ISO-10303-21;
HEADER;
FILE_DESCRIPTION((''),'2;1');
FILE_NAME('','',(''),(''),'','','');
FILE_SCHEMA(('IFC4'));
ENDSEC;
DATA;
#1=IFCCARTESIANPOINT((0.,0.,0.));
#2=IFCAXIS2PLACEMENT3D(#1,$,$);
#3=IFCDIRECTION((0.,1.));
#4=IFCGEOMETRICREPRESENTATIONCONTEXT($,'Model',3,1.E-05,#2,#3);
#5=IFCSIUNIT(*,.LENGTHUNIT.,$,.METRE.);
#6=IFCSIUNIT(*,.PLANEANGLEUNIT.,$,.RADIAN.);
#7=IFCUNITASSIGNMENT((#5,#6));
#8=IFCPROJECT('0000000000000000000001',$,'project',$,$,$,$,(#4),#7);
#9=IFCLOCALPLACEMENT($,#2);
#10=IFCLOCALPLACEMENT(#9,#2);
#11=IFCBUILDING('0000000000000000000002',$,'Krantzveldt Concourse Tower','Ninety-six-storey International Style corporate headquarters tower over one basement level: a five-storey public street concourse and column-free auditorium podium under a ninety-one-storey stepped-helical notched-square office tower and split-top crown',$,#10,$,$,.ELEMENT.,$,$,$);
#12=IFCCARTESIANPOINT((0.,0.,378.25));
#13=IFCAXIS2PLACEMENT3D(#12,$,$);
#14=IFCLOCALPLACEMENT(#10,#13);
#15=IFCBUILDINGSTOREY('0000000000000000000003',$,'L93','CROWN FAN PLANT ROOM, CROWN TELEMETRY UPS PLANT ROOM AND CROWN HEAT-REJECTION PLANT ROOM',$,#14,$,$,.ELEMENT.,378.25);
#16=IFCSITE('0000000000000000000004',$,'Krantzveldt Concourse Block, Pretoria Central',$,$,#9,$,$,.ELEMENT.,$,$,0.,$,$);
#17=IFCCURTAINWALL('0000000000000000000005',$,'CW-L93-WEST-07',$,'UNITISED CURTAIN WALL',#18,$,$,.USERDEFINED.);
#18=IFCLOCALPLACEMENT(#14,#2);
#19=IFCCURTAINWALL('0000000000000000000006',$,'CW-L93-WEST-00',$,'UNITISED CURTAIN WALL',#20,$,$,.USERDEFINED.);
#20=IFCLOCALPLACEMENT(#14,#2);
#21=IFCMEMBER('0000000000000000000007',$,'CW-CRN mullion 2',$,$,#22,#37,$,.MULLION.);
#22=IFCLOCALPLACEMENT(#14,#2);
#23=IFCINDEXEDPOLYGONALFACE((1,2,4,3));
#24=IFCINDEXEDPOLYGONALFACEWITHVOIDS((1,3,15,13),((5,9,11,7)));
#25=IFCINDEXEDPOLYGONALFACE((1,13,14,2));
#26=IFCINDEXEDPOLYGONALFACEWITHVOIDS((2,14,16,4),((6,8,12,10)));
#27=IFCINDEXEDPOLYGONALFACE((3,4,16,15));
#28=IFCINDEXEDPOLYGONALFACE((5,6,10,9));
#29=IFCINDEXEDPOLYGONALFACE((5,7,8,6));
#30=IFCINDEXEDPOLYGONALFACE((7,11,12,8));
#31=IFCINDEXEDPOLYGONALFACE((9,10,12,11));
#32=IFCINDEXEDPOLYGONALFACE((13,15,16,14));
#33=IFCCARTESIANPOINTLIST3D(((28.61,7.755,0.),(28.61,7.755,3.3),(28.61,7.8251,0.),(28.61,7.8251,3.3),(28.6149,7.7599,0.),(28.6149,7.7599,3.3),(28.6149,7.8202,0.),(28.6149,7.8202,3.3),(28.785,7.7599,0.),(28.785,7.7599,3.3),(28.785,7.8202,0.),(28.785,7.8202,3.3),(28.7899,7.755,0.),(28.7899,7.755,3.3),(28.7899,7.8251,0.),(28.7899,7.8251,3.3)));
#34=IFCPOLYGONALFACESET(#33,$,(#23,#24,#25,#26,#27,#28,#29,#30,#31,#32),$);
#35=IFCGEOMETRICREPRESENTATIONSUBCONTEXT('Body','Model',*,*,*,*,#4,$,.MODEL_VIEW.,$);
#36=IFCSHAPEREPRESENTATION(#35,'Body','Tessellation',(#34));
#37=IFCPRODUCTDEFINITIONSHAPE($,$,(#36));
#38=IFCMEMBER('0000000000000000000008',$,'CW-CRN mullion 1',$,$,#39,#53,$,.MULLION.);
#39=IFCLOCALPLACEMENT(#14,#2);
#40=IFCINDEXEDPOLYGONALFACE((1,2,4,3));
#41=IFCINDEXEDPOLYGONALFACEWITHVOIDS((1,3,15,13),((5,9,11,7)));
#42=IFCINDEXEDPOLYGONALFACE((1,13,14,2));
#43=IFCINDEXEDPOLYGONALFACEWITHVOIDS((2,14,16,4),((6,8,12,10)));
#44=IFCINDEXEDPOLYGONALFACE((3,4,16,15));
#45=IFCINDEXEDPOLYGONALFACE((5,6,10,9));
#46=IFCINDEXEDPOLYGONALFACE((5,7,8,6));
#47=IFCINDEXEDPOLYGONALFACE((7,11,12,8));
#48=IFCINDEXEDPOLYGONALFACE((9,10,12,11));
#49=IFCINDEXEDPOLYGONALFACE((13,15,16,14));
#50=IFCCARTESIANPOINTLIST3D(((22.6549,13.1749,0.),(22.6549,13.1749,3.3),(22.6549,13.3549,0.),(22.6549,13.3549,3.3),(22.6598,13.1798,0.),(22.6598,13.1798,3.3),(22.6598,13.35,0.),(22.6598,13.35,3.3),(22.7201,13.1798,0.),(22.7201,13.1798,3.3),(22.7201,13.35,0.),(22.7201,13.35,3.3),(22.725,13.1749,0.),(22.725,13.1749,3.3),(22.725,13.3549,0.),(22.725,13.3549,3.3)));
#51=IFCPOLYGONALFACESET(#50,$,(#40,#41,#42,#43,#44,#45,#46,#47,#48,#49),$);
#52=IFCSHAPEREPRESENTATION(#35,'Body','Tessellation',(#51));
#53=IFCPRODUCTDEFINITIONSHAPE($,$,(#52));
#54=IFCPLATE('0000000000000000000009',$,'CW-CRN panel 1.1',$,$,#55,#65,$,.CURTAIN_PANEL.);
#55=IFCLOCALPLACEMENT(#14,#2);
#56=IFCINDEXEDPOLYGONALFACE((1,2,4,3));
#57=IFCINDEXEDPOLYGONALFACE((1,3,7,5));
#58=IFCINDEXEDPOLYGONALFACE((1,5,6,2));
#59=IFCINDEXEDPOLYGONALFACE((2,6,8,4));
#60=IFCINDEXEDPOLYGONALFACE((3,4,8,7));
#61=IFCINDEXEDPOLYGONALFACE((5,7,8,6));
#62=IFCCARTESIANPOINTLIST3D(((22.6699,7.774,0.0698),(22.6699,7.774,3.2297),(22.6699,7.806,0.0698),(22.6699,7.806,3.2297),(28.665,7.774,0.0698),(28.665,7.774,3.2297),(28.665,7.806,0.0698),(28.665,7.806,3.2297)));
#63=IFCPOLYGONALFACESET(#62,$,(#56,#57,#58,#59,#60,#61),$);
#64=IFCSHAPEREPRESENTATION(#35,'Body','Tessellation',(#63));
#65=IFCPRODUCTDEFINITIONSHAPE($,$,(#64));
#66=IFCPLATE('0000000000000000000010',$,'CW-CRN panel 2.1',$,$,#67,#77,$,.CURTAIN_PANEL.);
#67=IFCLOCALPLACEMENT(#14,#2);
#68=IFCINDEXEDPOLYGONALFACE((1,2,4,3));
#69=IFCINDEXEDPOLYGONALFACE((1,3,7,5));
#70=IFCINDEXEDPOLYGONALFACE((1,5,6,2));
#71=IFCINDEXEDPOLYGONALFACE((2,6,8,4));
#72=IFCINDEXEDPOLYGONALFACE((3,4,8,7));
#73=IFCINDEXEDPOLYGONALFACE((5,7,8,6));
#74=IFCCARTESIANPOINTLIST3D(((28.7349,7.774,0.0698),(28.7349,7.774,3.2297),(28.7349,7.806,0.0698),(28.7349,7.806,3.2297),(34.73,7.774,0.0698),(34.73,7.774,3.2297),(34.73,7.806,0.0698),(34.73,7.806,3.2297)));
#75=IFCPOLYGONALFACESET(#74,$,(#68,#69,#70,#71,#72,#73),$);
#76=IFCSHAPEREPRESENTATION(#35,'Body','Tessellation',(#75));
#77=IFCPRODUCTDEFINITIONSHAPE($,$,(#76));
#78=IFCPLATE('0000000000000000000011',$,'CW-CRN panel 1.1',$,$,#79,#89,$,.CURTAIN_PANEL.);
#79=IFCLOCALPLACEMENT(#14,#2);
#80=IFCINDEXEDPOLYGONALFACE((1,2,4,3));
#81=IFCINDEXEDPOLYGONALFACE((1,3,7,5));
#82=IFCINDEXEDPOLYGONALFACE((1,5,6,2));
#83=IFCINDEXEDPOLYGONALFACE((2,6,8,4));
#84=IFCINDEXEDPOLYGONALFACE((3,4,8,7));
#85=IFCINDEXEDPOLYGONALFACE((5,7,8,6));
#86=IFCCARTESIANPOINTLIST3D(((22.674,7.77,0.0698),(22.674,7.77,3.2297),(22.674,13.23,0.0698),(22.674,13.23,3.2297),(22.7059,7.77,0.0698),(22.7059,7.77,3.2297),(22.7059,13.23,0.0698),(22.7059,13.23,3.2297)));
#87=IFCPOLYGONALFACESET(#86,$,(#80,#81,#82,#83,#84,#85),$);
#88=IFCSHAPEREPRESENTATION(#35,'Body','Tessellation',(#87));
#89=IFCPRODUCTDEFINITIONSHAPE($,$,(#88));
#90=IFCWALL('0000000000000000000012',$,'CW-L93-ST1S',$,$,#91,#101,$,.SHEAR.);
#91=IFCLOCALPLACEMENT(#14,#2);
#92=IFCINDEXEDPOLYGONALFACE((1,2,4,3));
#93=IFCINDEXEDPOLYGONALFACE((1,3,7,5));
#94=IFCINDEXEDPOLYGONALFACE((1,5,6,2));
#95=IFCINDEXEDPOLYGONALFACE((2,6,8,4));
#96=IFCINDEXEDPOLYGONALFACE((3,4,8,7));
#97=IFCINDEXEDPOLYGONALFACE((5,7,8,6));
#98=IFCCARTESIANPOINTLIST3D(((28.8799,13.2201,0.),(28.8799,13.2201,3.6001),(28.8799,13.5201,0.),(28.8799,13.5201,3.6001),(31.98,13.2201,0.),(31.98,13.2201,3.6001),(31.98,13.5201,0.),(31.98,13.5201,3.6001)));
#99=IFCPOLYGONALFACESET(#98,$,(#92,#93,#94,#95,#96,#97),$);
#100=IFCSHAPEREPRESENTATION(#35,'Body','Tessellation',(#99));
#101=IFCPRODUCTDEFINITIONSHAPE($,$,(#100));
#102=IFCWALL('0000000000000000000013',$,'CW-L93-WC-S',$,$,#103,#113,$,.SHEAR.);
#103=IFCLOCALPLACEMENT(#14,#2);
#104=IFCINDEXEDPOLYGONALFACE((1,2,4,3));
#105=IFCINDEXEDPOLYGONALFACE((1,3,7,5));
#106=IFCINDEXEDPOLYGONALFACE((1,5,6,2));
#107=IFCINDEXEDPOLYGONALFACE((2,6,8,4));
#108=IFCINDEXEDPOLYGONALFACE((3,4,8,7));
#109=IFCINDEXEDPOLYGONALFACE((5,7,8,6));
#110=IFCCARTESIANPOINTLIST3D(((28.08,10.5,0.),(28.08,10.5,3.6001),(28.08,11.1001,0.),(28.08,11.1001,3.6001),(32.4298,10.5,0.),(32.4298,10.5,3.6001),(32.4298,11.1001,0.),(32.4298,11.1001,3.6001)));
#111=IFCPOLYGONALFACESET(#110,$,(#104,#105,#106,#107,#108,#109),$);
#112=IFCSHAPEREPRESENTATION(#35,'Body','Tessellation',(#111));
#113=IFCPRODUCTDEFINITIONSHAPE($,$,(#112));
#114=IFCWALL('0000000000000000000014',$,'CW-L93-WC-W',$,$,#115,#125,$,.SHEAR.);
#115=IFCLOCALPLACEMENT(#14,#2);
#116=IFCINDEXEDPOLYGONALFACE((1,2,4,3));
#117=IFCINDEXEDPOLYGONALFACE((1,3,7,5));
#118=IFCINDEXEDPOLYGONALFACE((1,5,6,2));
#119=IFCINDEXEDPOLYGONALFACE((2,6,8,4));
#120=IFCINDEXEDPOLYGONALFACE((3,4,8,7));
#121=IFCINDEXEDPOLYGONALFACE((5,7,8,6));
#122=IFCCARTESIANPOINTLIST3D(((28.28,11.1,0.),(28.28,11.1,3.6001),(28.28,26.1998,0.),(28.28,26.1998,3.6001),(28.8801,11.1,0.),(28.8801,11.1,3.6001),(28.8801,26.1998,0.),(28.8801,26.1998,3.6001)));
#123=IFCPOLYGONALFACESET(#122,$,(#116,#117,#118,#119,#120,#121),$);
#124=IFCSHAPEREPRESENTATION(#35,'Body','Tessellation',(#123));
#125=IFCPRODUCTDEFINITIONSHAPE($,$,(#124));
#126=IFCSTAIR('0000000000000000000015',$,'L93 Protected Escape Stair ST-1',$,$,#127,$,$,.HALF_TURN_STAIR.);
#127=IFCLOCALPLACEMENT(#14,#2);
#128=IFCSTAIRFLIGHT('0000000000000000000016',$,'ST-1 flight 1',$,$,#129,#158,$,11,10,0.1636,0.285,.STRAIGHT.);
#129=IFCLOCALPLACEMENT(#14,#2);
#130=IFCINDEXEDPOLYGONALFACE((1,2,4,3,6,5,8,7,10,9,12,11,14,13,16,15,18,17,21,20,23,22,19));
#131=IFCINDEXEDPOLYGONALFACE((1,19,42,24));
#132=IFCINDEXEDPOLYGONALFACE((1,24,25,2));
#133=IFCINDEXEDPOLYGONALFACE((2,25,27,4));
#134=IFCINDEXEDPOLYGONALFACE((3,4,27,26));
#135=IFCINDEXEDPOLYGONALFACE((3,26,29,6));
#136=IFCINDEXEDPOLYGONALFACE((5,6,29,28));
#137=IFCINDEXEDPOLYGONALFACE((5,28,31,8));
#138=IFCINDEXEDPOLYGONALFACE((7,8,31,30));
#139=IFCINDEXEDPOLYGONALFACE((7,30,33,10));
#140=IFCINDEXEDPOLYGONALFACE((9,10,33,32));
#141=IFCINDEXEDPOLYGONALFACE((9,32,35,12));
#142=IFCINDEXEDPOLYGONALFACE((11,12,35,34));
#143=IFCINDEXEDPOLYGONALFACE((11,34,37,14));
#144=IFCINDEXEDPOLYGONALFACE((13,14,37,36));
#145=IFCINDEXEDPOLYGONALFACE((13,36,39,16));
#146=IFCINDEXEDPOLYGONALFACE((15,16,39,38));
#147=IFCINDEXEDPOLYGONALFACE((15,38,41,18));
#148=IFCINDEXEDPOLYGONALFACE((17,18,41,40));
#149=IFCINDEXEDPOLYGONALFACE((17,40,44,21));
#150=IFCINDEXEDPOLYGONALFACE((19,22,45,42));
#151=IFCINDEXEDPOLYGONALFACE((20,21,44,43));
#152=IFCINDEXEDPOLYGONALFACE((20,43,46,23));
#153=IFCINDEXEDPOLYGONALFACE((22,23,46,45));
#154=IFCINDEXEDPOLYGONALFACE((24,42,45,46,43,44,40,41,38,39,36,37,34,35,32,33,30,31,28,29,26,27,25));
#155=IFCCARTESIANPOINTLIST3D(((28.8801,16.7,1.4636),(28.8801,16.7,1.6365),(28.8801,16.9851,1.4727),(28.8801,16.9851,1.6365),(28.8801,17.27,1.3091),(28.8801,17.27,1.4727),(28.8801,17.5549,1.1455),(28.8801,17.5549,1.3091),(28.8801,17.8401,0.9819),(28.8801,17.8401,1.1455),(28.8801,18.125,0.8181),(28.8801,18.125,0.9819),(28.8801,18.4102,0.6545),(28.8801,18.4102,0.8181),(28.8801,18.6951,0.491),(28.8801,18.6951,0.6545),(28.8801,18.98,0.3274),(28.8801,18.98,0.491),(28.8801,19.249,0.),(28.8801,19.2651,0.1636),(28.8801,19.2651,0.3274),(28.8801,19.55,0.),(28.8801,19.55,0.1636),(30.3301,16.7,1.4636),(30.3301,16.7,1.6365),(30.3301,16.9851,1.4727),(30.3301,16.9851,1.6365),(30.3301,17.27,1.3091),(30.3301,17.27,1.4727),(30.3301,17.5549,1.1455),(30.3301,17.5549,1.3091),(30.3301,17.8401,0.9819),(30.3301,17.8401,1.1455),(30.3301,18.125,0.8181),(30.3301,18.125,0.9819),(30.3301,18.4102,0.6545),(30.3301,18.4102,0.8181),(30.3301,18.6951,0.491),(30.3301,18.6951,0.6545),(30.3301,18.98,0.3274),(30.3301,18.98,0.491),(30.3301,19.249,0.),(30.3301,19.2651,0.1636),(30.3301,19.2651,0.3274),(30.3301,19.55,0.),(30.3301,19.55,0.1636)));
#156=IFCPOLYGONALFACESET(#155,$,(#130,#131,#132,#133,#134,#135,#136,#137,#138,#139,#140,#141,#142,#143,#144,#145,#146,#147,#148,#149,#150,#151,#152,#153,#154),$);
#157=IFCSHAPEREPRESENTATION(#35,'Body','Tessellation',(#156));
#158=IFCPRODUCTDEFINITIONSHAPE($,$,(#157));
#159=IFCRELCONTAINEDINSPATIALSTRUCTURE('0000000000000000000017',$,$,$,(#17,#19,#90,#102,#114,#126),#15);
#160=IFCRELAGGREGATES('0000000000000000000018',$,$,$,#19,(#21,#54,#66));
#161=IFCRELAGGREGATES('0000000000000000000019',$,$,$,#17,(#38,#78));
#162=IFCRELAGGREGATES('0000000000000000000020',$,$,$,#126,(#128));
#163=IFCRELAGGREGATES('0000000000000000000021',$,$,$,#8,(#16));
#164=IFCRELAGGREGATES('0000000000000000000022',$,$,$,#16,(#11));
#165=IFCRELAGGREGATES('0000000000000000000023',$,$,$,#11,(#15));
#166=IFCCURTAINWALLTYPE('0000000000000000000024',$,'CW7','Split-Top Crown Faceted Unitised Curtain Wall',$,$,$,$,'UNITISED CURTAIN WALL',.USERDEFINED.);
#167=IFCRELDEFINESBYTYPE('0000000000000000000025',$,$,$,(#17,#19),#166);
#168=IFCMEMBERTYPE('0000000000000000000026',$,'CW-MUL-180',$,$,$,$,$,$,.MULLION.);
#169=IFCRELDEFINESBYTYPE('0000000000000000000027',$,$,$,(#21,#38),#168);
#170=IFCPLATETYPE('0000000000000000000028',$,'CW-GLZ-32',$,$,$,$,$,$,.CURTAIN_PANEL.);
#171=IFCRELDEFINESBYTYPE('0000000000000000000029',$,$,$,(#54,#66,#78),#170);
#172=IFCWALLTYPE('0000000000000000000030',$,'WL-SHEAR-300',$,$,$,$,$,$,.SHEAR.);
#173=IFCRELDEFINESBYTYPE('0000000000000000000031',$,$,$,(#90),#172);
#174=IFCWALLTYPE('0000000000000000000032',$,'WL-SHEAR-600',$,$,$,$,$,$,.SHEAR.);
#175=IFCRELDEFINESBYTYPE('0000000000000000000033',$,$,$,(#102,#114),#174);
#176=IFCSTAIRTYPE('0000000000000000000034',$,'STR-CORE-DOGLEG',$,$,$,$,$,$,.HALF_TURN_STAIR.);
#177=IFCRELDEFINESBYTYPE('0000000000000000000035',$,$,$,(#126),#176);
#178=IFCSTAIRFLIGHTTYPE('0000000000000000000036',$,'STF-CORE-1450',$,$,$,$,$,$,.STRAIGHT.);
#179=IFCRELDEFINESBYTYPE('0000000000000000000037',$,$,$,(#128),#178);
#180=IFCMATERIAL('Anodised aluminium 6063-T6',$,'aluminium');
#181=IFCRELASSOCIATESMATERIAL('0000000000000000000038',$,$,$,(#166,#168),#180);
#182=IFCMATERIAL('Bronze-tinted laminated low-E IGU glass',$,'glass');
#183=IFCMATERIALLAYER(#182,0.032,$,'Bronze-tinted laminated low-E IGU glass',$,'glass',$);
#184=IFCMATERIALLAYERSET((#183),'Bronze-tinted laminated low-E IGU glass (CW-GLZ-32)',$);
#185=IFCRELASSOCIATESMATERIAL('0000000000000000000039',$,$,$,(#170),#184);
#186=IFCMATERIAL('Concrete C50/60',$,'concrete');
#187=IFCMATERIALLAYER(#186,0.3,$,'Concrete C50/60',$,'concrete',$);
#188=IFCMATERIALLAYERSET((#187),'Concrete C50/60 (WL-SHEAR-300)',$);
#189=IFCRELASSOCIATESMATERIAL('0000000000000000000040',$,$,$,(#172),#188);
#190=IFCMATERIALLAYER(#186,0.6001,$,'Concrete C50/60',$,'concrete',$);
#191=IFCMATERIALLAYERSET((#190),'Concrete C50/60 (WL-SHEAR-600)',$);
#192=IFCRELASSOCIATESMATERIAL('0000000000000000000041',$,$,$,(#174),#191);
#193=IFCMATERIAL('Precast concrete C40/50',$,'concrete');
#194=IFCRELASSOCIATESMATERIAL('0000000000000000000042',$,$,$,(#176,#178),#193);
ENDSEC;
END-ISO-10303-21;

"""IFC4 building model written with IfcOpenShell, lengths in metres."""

from ifc_helpers import new_model, si_unit, direction, frame, frame_2d, origin, origin_2d, place, context, subcontext, project, spatial, polyline, rectangle, hollow_rectangle, outline, extrude, source, transform, mapped, material, layer, layer_set, material_profile, profile_set, type_object, type_shapes, element, aggregate, save


model = new_model("IFC4")

# Units and contexts
model_context = context("Model", 3, precision=1e-05, world=origin(), true_north=direction((0.0, 1.0)))
body_context = subcontext(model_context, "Body", "Model", "MODEL_VIEW")
ifc_project = project(units=[si_unit("LENGTHUNIT", "METRE"), si_unit("PLANEANGLEUNIT", "RADIAN")], contexts=[model_context])

# Site, building, storey
site_placement = place(None, origin())
site = spatial("IfcSite", under=ifc_project, at=site_placement, Name="Krantzveldt Concourse Block, Pretoria Central", CompositionType="ELEMENT", RefElevation=0.0)
building_placement = place(site_placement, origin())
building = spatial("IfcBuilding", under=site, at=building_placement, Name="Krantzveldt Concourse Tower", Description="Ninety-six-storey International Style corporate headquarters tower over one basement level: a five-storey public street concourse and column-free auditorium podium under a ninety-one-storey stepped-helical notched-square office tower and split-top crown", CompositionType="ELEMENT")
storey_placement = place(building_placement, frame((0.0, 0.0, 378.25)))
storey = spatial("IfcBuildingStorey", under=building, at=storey_placement, Name="L93", Description="CROWN FAN PLANT ROOM, CROWN TELEMETRY UPS PLANT ROOM AND CROWN HEAT-REJECTION PLANT ROOM", CompositionType="ELEMENT", Elevation=378.25)

# Shared definitions
ifc_material_1 = material(Name="Concrete C50/60", Category="concrete")

# Curtain walls, member
ifc_material_2 = material(Name="Anodised aluminium 6063-T6", Category="aluminium")
curtain_wall_type = type_object("IfcCurtainWallType", Name="CW7", Description="Split-Top Crown Faceted Unitised Curtain Wall", ElementType="UNITISED CURTAIN WALL", PredefinedType="USERDEFINED", material=ifc_material_2)
curtain_wall_1_placement = place(storey_placement, origin())
curtain_wall_1 = element("IfcCurtainWall", 1, at=curtain_wall_1_placement, inside=storey, type_object=curtain_wall_type, Name="CW-L93-WEST-07", ObjectType="UNITISED CURTAIN WALL", PredefinedType="USERDEFINED")
curtain_wall_2_placement = place(storey_placement, origin())
curtain_wall_2 = element("IfcCurtainWall", 2, at=curtain_wall_2_placement, inside=storey, type_object=curtain_wall_type, Name="CW-L93-WEST-00", ObjectType="UNITISED CURTAIN WALL", PredefinedType="USERDEFINED")
ifc_material_profile_1 = material_profile(ifc_material_2, hollow_rectangle(XDim=0.0701, YDim=0.1799, WallThickness=0.0049, at=origin_2d()), Name="Anodised aluminium 6063-T6", Category="aluminium")
ifc_profile_set_1 = profile_set([ifc_material_profile_1], Name="Anodised aluminium 6063-T6 - ALU-MULL 180x70x5")
member_type_1 = type_object("IfcMemberType", Name="CW-MUL-180", PredefinedType="MULLION", material=ifc_profile_set_1)
shared_shape_1 = source(origin(), body_context, "Body", "SweptSolid", [
    extrude(hollow_rectangle(XDim=0.0701, YDim=0.1799, WallThickness=0.0049, at=origin_2d()), origin(), (0.0, 0.0, 1.0), 3.3),
])
type_shapes(member_type_1, [shared_shape_1])
member_1_placement = place(storey_placement, frame((28.7, 7.79, 0.0), z_axis=(0.0, 0.0, 1.0), x_axis=(0.0, 1.0, 0.0)))
member_1 = element("IfcMember", 3, at=member_1_placement, type_object=member_type_1, Name="CW-CRN mullion 2", PredefinedType="MULLION", context=body_context, shape_type="MappedRepresentation", body=[
    mapped(shared_shape_1, transform((0.0, 0.0, 0.0), x_axis=(1.0, 0.0, 0.0), y_axis=(0.0, 1.0, 0.0), z_axis=(0.0, 0.0, 1.0), scale=1.0)),
])

# Member
member_2_placement = place(storey_placement, frame((22.6899, 13.2649, 0.0), z_axis=(0.0, 0.0, 1.0), x_axis=(1.0, 0.0, 0.0)))
member_2 = element("IfcMember", 4, at=member_2_placement, type_object=member_type_1, Name="CW-CRN mullion 1", PredefinedType="MULLION", context=body_context, shape_type="MappedRepresentation", body=[
    mapped(shared_shape_1, transform((0.0, 0.0, 0.0), x_axis=(1.0, 0.0, 0.0), y_axis=(0.0, 1.0, 0.0), z_axis=(0.0, 0.0, 1.0), scale=1.0)),
])

# Plates
ifc_material_3 = material(Name="Bronze-tinted laminated low-E IGU glass", Category="glass")
ifc_layer_1 = layer(ifc_material_3, 0.032, Name="Bronze-tinted laminated low-E IGU glass", Category="glass")
ifc_layer_set_1 = layer_set([ifc_layer_1], Name="Bronze-tinted laminated low-E IGU glass (CW-GLZ-32)")
plate_type = type_object("IfcPlateType", Name="CW-GLZ-32", PredefinedType="CURTAIN_PANEL", material=ifc_layer_set_1)
shared_shape_2 = source(origin(), body_context, "Body", "SweptSolid", [
    extrude(rectangle(XDim=5.9951, YDim=0.032, at=origin_2d()), origin(), (0.0, 0.0, 1.0), 3.1599),
])
plate_1_placement = place(storey_placement, frame((25.6675, 7.79, 0.0698), z_axis=(0.0, 0.0, 1.0), x_axis=(1.0, 0.0, 0.0)))
plate_1 = element("IfcPlate", 5, at=plate_1_placement, type_object=plate_type, Name="CW-CRN panel 1.1", PredefinedType="CURTAIN_PANEL", context=body_context, shape_type="MappedRepresentation", body=[
    mapped(shared_shape_2, transform((0.0, 0.0, 0.0), x_axis=(1.0, 0.0, 0.0), y_axis=(0.0, 1.0, 0.0), z_axis=(0.0, 0.0, 1.0), scale=1.0)),
])
plate_2_placement = place(storey_placement, frame((31.7324, 7.79, 0.0698), z_axis=(0.0, 0.0, 1.0), x_axis=(1.0, 0.0, 0.0)))
plate_2 = element("IfcPlate", 6, at=plate_2_placement, type_object=plate_type, Name="CW-CRN panel 2.1", PredefinedType="CURTAIN_PANEL", context=body_context, shape_type="MappedRepresentation", body=[
    mapped(shared_shape_2, transform((0.0, 0.0, 0.0), x_axis=(1.0, 0.0, 0.0), y_axis=(0.0, 1.0, 0.0), z_axis=(0.0, 0.0, 1.0), scale=1.0)),
])
aggregate(curtain_wall_2, [member_1, plate_1, plate_2])
shared_shape_3 = source(origin(), body_context, "Body", "SweptSolid", [
    extrude(rectangle(XDim=5.46, YDim=0.032, at=origin_2d()), origin(), (0.0, 0.0, 1.0), 3.1599),
])
type_shapes(plate_type, [shared_shape_2, shared_shape_3])
plate_3_placement = place(storey_placement, frame((22.6899, 10.5, 0.0698), z_axis=(0.0, 0.0, 1.0), x_axis=(0.0, -1.0, 0.0)))
plate_3 = element("IfcPlate", 7, at=plate_3_placement, type_object=plate_type, Name="CW-CRN panel 1.1", PredefinedType="CURTAIN_PANEL", context=body_context, shape_type="MappedRepresentation", body=[
    mapped(shared_shape_3, transform((0.0, 0.0, 0.0), x_axis=(1.0, 0.0, 0.0), y_axis=(0.0, 1.0, 0.0), z_axis=(0.0, 0.0, 1.0), scale=1.0)),
])
aggregate(curtain_wall_1, [member_2, plate_3])

# Walls
ifc_layer_2 = layer(ifc_material_1, 0.3, Name="Concrete C50/60", Category="concrete")
ifc_layer_set_2 = layer_set([ifc_layer_2], Name="Concrete C50/60 (WL-SHEAR-300)")
wall_type_1 = type_object("IfcWallType", Name="WL-SHEAR-300", PredefinedType="SHEAR", material=ifc_layer_set_2)
wall_1_placement = place(storey_placement, frame((28.8799, 13.3701, 0.0), z_axis=(0.0, 0.0, 1.0), x_axis=(1.0, 0.0, 0.0)))
element("IfcWall", 8, at=wall_1_placement, inside=storey, type_object=wall_type_1, Name="CW-L93-ST1S", PredefinedType="SHEAR", context=body_context, shape_type="SweptSolid", body=[
    extrude(rectangle(XDim=3.1001, YDim=0.3, at=frame_2d((1.55, 0.0))), origin(), (0.0, 0.0, 1.0), 3.6001),
])
ifc_layer_3 = layer(ifc_material_1, 0.6001, Name="Concrete C50/60", Category="concrete")
ifc_layer_set_3 = layer_set([ifc_layer_3], Name="Concrete C50/60 (WL-SHEAR-600)")
wall_type_2 = type_object("IfcWallType", Name="WL-SHEAR-600", PredefinedType="SHEAR", material=ifc_layer_set_3)
wall_2_placement = place(storey_placement, frame((28.0801, 10.8, 0.0), z_axis=(0.0, 0.0, 1.0), x_axis=(1.0, 0.0, 0.0)))
element("IfcWall", 9, at=wall_2_placement, inside=storey, type_object=wall_type_2, Name="CW-L93-WC-S", PredefinedType="SHEAR", context=body_context, shape_type="SweptSolid", body=[
    extrude(rectangle(XDim=4.3499, YDim=0.6001, at=frame_2d((2.1748, 0.0))), origin(), (0.0, 0.0, 1.0), 3.6001),
])
wall_3_placement = place(storey_placement, frame((28.5801, 11.1001, 0.0), z_axis=(0.0, 0.0, 1.0), x_axis=(0.0, 1.0, 0.0)))
element("IfcWall", 10, at=wall_3_placement, inside=storey, type_object=wall_type_2, Name="CW-L93-WC-W", PredefinedType="SHEAR", context=body_context, shape_type="SweptSolid", body=[
    extrude(rectangle(XDim=15.0999, YDim=0.6001, at=frame_2d((7.5498, 0.0))), origin(), (0.0, 0.0, 1.0), 3.6001),
])

# Stair, stair flight
ifc_material_4 = material(Name="Precast concrete C40/50", Category="concrete")
stair_type = type_object("IfcStairType", Name="STR-CORE-DOGLEG", PredefinedType="HALF_TURN_STAIR", material=ifc_material_4)
stair_placement = place(storey_placement, origin())
stair = element("IfcStair", 11, at=stair_placement, inside=storey, type_object=stair_type, Name="L93 Protected Escape Stair ST-1", PredefinedType="HALF_TURN_STAIR")
stair_flight_type = type_object("IfcStairFlightType", Name="STF-CORE-1450", PredefinedType="STRAIGHT", material=ifc_material_4)
stair_flight_1_placement = place(storey_placement, frame((29.605, 19.55, 0.0), z_axis=(0.0, 0.0, 1.0), x_axis=(0.0, -1.0, 0.0)))
stair_flight_1 = element("IfcStairFlight", 12, at=stair_flight_1_placement, type_object=stair_flight_type, Name="ST-1 flight 1", NumberOfRisers=11, NumberOfTreads=10, PredefinedType="STRAIGHT", RiserHeight=0.1636, TreadLength=0.285, context=body_context, shape_type="SweptSolid", body=[
    extrude(outline(polyline([(0.0, 0.0), (0.0, 0.1636), (0.2849, 0.1636), (0.2849, 0.3274), (0.5701, 0.3274), (0.5701, 0.491), (0.855, 0.491), (0.855, 0.6545), (1.1399, 0.6545), (1.1399, 0.8181), (1.425, 0.8181), (1.425, 0.9819), (1.71, 0.9819), (1.71, 1.1455), (1.9951, 1.1455), (1.9951, 1.3091), (2.28, 1.3091), (2.28, 1.4727), (2.5649, 1.4727), (2.5649, 1.6365), (2.8501, 1.6365), (2.8501, 1.8), (2.8501, 1.4636), (0.301, 0.0), (0.0, 0.0)])), frame((0.0, 0.7251, 0.0), z_axis=(0.0, -1.0, 0.0), x_axis=(1.0, 0.0, 0.0)), (0.0, 0.0, 1.0), 1.45),
])
aggregate(stair, [stair_flight_1])

save(model, "model.ifc")
